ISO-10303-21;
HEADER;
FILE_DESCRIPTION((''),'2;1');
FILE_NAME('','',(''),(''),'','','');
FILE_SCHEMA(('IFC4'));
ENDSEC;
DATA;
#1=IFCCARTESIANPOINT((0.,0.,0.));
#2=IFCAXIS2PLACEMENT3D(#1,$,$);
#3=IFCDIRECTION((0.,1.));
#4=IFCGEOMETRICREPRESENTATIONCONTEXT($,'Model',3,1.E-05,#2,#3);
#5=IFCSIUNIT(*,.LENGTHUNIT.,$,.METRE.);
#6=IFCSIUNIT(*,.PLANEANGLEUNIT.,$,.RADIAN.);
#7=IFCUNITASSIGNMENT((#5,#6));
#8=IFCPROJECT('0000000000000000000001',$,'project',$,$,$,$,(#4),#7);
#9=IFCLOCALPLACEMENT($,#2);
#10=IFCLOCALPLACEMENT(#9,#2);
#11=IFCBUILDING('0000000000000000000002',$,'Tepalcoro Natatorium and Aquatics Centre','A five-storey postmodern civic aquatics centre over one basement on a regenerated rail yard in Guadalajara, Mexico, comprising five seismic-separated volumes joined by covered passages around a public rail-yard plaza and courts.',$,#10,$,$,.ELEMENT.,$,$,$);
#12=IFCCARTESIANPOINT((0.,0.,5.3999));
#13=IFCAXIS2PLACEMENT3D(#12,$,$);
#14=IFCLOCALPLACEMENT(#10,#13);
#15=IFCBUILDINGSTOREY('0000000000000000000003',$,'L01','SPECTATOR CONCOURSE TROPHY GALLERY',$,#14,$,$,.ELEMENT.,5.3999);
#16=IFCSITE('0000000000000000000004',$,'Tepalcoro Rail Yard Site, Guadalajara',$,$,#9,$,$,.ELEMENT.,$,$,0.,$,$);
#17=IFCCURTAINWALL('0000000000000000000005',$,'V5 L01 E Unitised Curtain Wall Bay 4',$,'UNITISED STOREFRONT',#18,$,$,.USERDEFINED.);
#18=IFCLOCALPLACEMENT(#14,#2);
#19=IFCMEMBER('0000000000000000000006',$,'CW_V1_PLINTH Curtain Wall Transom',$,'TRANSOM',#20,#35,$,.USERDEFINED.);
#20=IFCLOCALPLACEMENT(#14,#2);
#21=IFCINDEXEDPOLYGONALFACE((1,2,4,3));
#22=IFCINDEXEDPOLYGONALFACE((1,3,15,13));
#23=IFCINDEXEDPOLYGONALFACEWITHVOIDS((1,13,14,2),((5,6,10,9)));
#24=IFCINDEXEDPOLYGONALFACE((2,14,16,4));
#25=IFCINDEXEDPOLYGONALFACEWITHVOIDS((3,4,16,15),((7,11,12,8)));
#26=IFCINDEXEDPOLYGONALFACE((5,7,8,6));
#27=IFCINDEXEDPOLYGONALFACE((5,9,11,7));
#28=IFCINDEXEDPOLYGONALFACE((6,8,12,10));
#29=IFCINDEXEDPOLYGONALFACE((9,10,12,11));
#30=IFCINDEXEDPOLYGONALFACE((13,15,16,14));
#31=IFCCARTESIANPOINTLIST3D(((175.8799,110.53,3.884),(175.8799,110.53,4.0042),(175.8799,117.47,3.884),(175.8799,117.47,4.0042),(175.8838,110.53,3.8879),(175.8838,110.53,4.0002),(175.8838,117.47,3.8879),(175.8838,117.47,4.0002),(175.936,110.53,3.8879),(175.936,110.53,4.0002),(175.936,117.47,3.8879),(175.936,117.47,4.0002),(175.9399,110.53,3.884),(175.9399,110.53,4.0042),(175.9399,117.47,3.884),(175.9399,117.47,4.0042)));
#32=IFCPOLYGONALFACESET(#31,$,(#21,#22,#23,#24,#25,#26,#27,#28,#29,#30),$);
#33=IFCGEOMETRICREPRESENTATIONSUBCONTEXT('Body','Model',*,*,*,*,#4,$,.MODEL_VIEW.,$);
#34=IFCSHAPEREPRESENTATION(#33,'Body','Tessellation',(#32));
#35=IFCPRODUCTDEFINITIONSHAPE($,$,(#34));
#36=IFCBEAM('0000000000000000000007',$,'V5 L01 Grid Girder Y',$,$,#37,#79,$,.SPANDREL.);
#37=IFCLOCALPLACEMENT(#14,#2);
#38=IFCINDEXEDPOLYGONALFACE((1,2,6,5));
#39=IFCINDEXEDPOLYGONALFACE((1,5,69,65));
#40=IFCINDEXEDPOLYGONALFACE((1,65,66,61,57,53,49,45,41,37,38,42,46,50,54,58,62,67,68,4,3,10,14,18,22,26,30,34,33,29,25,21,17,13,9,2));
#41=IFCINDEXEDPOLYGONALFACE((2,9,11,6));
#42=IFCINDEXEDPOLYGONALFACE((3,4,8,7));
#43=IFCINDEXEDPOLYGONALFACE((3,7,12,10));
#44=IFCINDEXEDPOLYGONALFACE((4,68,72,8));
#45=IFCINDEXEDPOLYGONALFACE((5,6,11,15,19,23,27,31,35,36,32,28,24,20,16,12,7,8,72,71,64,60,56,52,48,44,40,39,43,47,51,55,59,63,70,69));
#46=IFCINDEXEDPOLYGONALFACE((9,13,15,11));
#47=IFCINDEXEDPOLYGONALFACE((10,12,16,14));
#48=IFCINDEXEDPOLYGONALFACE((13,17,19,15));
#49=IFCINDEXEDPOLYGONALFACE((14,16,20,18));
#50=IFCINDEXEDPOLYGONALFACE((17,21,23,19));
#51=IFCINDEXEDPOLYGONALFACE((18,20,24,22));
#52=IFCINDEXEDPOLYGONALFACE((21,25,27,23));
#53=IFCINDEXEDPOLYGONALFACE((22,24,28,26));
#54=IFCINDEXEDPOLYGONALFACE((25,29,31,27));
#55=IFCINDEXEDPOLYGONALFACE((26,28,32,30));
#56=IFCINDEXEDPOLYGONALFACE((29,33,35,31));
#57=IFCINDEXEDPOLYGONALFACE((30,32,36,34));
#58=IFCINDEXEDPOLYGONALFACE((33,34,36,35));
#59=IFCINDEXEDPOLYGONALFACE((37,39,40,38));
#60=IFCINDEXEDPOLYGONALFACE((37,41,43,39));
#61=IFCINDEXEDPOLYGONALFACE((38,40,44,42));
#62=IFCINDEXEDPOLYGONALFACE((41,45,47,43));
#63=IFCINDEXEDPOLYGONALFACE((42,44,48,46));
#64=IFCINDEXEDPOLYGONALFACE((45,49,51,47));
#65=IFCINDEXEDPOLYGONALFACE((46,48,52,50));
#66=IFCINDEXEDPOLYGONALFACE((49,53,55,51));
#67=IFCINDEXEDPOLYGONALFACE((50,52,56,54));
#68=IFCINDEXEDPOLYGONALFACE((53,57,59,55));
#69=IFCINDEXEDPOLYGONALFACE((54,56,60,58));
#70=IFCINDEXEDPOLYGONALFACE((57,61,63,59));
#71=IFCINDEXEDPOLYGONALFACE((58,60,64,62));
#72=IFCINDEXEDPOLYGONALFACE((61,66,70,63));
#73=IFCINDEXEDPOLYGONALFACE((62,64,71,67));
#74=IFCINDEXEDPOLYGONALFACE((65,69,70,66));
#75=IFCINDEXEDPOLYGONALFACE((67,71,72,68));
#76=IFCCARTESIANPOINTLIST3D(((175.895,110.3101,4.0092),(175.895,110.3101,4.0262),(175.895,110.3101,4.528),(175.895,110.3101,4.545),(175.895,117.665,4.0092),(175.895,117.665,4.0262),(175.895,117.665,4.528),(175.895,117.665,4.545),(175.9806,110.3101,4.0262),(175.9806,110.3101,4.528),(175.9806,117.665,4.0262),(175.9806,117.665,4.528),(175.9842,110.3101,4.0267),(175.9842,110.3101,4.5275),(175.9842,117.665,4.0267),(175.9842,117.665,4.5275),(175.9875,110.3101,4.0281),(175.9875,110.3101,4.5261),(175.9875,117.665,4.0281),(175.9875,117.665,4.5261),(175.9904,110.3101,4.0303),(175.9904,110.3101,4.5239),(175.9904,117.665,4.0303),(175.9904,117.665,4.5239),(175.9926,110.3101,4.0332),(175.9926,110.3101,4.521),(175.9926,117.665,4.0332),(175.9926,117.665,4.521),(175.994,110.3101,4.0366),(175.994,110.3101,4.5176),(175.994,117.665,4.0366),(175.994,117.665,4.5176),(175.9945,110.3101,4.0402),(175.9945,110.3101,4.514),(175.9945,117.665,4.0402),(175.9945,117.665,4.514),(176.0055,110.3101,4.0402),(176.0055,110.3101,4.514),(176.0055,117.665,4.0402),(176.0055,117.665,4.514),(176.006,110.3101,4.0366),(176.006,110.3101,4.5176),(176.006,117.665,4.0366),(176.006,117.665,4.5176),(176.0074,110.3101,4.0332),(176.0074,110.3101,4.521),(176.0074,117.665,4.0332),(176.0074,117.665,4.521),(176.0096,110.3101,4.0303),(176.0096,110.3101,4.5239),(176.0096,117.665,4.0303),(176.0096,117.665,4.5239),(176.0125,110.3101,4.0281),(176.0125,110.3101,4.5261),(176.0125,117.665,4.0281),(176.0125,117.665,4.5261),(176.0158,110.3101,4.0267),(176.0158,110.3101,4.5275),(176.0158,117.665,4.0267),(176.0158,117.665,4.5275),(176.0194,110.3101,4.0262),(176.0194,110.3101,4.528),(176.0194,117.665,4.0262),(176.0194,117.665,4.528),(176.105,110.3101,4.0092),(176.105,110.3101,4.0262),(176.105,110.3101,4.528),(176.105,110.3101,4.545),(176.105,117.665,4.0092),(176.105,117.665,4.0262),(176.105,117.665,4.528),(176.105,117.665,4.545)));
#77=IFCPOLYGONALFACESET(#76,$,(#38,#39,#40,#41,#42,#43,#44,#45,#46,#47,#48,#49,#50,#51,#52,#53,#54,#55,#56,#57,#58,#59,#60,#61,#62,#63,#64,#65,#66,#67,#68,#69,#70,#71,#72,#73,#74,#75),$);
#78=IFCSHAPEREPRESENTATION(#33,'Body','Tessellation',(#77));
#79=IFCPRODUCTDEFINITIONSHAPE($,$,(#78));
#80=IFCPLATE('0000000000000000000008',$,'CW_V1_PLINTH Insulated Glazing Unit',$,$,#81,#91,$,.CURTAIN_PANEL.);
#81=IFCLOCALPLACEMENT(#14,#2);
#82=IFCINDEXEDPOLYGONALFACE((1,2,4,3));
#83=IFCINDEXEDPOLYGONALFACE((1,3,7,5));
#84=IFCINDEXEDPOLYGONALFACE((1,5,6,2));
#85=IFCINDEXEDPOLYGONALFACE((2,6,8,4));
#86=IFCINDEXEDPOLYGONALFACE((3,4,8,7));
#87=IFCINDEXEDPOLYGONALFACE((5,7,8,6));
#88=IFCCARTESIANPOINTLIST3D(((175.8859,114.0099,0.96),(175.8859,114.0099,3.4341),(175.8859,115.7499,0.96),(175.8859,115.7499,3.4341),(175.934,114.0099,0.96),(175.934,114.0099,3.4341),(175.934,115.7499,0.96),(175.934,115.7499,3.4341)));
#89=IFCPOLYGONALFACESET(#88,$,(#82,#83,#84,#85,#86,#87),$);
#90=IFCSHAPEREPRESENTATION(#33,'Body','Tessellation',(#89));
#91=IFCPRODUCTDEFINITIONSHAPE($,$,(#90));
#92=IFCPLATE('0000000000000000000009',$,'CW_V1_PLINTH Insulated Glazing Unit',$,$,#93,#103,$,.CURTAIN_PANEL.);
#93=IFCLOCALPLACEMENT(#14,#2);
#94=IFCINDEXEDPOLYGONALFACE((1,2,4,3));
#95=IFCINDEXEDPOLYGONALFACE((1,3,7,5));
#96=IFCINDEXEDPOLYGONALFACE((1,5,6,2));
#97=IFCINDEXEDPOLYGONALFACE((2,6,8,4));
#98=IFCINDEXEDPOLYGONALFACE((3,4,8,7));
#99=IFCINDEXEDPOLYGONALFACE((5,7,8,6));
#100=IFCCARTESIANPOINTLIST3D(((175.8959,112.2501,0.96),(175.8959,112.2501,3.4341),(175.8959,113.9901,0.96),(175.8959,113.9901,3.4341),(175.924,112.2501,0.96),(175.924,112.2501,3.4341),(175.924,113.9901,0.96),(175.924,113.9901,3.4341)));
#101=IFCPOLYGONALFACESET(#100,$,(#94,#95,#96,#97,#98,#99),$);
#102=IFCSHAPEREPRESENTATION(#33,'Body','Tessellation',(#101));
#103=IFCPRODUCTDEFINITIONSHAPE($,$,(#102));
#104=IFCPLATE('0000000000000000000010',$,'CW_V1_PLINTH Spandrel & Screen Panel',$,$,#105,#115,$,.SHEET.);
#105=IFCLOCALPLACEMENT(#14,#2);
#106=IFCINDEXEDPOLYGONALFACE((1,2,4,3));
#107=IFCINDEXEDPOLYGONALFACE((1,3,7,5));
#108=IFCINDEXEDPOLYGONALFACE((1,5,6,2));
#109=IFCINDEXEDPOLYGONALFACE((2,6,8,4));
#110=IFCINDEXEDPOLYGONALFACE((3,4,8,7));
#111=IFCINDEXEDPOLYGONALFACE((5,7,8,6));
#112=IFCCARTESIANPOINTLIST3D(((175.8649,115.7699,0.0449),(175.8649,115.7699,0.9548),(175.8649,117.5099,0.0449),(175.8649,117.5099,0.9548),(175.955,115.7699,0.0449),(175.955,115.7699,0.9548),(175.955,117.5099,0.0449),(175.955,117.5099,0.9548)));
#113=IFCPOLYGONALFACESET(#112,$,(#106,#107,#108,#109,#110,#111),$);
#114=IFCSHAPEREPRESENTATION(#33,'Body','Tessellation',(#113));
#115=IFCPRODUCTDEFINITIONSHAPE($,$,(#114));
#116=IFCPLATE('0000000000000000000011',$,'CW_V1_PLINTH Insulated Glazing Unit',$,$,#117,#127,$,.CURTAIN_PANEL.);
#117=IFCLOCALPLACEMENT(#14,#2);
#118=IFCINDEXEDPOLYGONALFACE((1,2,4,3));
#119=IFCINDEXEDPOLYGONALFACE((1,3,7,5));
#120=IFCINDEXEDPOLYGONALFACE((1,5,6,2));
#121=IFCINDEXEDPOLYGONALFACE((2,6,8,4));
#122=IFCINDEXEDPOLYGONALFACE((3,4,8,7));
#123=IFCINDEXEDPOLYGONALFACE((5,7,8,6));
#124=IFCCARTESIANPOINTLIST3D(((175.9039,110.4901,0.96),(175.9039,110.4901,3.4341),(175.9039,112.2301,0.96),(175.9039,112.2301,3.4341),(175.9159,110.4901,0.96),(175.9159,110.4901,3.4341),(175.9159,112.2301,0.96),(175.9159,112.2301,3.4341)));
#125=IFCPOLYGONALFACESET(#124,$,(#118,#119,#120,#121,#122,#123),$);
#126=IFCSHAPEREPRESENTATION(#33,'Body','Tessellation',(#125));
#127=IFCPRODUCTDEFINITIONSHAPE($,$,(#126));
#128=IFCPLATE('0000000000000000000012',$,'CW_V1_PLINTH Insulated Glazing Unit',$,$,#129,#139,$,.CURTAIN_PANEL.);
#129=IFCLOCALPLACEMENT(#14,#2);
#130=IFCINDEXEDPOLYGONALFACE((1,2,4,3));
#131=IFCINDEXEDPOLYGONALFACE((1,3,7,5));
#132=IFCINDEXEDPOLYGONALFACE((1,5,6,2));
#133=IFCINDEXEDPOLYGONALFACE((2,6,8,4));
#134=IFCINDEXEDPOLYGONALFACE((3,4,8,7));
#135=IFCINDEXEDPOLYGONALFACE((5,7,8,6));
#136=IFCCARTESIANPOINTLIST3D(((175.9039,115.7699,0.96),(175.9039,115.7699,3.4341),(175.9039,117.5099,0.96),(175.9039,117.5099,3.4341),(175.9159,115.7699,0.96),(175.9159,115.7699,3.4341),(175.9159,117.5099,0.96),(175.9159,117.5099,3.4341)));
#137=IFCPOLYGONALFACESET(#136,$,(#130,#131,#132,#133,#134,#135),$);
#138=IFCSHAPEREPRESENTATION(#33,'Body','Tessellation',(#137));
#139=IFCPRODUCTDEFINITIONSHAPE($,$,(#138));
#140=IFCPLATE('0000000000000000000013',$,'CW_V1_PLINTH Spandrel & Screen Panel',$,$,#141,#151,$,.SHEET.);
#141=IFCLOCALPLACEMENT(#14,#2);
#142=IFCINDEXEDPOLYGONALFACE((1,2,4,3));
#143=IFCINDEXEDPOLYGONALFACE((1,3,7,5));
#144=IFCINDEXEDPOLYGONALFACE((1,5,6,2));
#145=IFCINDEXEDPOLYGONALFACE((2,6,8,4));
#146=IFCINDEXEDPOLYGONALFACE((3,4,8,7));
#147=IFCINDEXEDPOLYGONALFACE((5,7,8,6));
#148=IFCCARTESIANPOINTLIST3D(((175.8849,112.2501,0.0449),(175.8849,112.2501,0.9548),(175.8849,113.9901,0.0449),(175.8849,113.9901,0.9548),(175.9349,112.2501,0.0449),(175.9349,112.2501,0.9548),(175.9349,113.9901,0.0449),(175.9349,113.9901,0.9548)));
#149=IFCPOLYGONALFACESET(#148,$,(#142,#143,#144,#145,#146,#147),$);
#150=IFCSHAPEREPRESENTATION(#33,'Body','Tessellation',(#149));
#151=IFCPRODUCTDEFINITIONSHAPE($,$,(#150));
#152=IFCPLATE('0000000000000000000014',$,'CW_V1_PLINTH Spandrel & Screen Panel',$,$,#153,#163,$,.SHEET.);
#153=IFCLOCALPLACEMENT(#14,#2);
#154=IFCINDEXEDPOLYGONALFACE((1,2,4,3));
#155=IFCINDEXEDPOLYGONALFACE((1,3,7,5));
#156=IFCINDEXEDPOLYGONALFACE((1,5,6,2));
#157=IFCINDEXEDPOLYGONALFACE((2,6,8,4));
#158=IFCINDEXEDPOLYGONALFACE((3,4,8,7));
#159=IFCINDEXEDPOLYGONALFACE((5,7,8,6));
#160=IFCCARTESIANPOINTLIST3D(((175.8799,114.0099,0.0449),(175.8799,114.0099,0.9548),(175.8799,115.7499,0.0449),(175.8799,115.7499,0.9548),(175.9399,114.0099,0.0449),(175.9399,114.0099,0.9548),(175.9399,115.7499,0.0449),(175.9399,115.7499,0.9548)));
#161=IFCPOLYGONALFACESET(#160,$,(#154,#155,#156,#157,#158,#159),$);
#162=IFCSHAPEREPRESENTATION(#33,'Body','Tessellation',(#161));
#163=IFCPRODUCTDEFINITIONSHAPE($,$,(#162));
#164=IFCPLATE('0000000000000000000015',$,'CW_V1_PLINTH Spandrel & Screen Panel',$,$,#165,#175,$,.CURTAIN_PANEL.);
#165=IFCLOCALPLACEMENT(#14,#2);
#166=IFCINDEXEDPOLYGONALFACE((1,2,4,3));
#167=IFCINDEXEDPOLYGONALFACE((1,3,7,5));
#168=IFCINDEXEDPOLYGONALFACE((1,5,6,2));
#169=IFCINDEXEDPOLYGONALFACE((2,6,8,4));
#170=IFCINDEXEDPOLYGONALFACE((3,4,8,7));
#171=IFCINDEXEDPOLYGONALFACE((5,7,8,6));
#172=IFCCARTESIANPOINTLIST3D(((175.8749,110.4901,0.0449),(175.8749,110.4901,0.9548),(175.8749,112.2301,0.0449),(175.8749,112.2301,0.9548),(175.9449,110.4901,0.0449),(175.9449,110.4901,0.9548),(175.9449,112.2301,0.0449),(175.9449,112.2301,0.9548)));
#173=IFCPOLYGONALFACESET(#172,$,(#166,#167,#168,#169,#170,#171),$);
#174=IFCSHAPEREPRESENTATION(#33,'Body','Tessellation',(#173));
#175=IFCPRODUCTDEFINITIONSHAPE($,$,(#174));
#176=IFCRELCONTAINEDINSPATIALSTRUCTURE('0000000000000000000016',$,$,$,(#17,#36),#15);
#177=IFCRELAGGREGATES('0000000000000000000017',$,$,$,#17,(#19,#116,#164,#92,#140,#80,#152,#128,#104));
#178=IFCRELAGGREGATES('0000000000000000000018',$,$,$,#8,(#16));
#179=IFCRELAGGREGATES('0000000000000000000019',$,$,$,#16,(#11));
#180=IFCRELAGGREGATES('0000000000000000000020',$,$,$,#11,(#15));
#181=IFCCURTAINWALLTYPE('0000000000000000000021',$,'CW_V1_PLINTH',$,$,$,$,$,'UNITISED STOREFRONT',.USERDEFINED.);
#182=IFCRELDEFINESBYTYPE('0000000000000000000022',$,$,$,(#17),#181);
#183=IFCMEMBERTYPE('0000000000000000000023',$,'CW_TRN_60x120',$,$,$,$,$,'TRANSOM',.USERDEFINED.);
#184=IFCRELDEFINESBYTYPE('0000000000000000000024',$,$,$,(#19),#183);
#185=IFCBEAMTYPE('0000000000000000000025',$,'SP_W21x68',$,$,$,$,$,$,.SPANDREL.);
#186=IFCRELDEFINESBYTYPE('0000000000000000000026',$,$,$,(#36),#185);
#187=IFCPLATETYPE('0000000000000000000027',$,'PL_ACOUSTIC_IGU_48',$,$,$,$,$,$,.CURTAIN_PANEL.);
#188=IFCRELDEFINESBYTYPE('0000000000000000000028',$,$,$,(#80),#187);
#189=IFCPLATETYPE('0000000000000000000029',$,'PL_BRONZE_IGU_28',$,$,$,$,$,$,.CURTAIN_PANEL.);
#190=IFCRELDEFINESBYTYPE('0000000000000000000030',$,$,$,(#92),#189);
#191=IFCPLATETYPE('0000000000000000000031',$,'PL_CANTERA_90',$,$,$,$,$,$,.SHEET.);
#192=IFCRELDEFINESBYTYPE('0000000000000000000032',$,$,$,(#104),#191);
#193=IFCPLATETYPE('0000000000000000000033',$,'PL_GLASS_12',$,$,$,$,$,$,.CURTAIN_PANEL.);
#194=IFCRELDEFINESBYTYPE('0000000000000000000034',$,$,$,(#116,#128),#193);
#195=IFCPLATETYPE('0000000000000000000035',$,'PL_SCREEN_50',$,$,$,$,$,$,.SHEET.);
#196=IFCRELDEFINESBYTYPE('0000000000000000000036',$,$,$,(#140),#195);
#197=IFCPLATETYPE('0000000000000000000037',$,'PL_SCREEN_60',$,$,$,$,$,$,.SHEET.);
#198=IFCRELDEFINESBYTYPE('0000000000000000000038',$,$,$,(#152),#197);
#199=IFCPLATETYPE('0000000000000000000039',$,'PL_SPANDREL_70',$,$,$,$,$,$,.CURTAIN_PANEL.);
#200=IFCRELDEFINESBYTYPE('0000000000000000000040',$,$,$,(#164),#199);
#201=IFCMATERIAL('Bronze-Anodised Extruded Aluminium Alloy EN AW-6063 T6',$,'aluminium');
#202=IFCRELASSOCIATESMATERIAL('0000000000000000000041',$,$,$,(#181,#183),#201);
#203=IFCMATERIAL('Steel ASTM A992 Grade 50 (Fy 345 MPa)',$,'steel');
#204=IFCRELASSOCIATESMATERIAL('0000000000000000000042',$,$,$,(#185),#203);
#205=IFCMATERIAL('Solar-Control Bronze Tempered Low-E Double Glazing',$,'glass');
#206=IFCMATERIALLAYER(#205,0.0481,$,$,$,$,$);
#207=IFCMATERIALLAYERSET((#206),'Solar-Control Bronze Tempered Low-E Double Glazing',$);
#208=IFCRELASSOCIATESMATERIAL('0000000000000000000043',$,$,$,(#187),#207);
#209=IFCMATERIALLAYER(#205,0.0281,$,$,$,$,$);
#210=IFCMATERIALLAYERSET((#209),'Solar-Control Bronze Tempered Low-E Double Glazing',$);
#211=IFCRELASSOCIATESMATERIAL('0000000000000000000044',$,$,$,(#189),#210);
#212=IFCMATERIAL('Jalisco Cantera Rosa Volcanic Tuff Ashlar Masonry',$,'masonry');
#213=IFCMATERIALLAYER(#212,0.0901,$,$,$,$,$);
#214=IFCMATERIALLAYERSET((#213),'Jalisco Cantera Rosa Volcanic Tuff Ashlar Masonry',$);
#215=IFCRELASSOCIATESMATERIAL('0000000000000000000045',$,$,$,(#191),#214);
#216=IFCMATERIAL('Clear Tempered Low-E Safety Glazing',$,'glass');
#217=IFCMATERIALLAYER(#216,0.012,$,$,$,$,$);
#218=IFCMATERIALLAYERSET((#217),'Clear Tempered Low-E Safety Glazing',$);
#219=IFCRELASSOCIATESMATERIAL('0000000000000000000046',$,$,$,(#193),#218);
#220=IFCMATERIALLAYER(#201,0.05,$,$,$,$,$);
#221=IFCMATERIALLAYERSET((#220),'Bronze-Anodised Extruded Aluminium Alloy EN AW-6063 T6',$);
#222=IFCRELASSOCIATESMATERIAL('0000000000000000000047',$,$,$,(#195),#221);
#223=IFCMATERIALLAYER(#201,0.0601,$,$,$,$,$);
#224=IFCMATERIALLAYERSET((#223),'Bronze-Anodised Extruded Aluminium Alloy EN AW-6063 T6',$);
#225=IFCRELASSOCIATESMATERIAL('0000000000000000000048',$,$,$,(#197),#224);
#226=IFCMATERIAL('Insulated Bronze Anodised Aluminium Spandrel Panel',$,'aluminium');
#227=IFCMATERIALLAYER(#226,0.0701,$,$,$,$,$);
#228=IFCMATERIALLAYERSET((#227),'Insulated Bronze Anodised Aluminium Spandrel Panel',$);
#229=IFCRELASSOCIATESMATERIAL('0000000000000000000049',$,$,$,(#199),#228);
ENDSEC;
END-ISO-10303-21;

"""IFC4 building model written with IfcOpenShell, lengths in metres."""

from ifc_helpers import new_model, si_unit, direction, frame, origin, origin_2d, place, context, subcontext, project, spatial, rectangle, hollow_rectangle, i_section, extrude, material, layer, layer_set, material_profile, profile_set, type_object, element, aggregate, save


model = new_model("IFC4")

# Units and contexts
model_context = context("Model", 3, precision=1e-05, world=origin(), true_north=direction((0.0, 1.0)))
body_context = subcontext(model_context, "Body", "Model", "MODEL_VIEW")
ifc_project = project(units=[si_unit("LENGTHUNIT", "METRE"), si_unit("PLANEANGLEUNIT", "RADIAN")], contexts=[model_context])

# Site, building, storey
site_placement = place(None, origin())
site = spatial("IfcSite", under=ifc_project, at=site_placement, Name="Tepalcoro Rail Yard Site, Guadalajara", CompositionType="ELEMENT", RefElevation=0.0)
building_placement = place(site_placement, origin())
building = spatial("IfcBuilding", under=site, at=building_placement, Name="Tepalcoro Natatorium and Aquatics Centre", Description="A five-storey postmodern civic aquatics centre over one basement on a regenerated rail yard in Guadalajara, Mexico, comprising five seismic-separated volumes joined by covered passages around a public rail-yard plaza and courts.", CompositionType="ELEMENT")
storey_placement = place(building_placement, frame((0.0, 0.0, 5.3999)))
storey = spatial("IfcBuildingStorey", under=building, at=storey_placement, Name="L01", Description="SPECTATOR CONCOURSE TROPHY GALLERY", CompositionType="ELEMENT", Elevation=5.3999)

# Curtain wall
ifc_material_1 = material(Name="Bronze-Anodised Extruded Aluminium Alloy EN AW-6063 T6", Category="aluminium")
curtain_wall_type_1 = type_object("IfcCurtainWallType", Name="CW_V1_PLINTH", ElementType="UNITISED STOREFRONT", PredefinedType="USERDEFINED", material=ifc_material_1)
curtain_wall_1_placement = place(storey_placement, origin())
curtain_wall_1 = element("IfcCurtainWall", 1, at=curtain_wall_1_placement, inside=storey, type_object=curtain_wall_type_1, Name="V5 L01 E Unitised Curtain Wall Bay 4", ObjectType="UNITISED STOREFRONT", PredefinedType="USERDEFINED")

# Member
ifc_material_profile_1 = material_profile(ifc_material_1, hollow_rectangle(XDim=0.0601, YDim=0.1201, WallThickness=0.0039, at=origin_2d()), Name="AL60X120X4")
ifc_profile_set_1 = profile_set([ifc_material_profile_1], Name="Bronze-Anodised Extruded Aluminium Alloy EN AW-6063 T6")
member_type_1 = type_object("IfcMemberType", Name="CW_TRN_60x120", ElementType="TRANSOM", PredefinedType="USERDEFINED", material=ifc_profile_set_1)
member_1_placement = place(storey_placement, frame((175.9099, 110.53, 3.9441), z_axis=(0.0, 1.0, 0.0), x_axis=(-1.0, 0.0, 0.0)))
member_1 = element("IfcMember", 2, at=member_1_placement, type_object=member_type_1, Name="CW_V1_PLINTH Curtain Wall Transom", ObjectType="TRANSOM", PredefinedType="USERDEFINED", context=body_context, shape_type="SweptSolid", body=[
    extrude(hollow_rectangle(XDim=0.0601, YDim=0.1201, WallThickness=0.0039, at=origin_2d()), origin(), (0.0, 0.0, 1.0), 6.9399),
])

# Beam
ifc_material_2 = material(Name="Steel ASTM A992 Grade 50 (Fy 345 MPa)", Category="steel")
ifc_material_profile_2 = material_profile(ifc_material_2, i_section(OverallWidth=0.21, OverallDepth=0.5359, WebThickness=0.011, FlangeThickness=0.0171, FilletRadius=0.0139, at=origin_2d()), Name="W21X68")
ifc_profile_set_2 = profile_set([ifc_material_profile_2], Name="Steel ASTM A992 Grade 50 (Fy 345 MPa)")
beam_type = type_object("IfcBeamType", Name="SP_W21x68", PredefinedType="SPANDREL", material=ifc_profile_set_2)
beam_placement = place(storey_placement, frame((176.0, 110.3101, 4.2771), z_axis=(0.0, 1.0, 0.0), x_axis=(-1.0, 0.0, 0.0)))
element("IfcBeam", 3, at=beam_placement, inside=storey, type_object=beam_type, Name="V5 L01 Grid Girder Y", PredefinedType="SPANDREL", context=body_context, shape_type="SweptSolid", body=[
    extrude(i_section(OverallWidth=0.21, OverallDepth=0.5359, WebThickness=0.011, FlangeThickness=0.0171, FilletRadius=0.0139, at=origin_2d()), origin(), (0.0, 0.0, 1.0), 7.355),
])

# Plates
ifc_material_3 = material(Name="Solar-Control Bronze Tempered Low-E Double Glazing", Category="glass")
ifc_layer_1 = layer(ifc_material_3, 0.0481)
ifc_layer_set_1 = layer_set([ifc_layer_1], Name="Solar-Control Bronze Tempered Low-E Double Glazing")
plate_type_1 = type_object("IfcPlateType", Name="PL_ACOUSTIC_IGU_48", PredefinedType="CURTAIN_PANEL", material=ifc_layer_set_1)
plate_1_placement = place(storey_placement, frame((175.9099, 114.8799, 0.96), z_axis=(0.0, 0.0, 1.0), x_axis=(1.0, 0.0, 0.0)))
plate_1 = element("IfcPlate", 4, at=plate_1_placement, type_object=plate_type_1, Name="CW_V1_PLINTH Insulated Glazing Unit", PredefinedType="CURTAIN_PANEL", context=body_context, shape_type="SweptSolid", body=[
    extrude(rectangle(XDim=0.0481, YDim=1.74, at=origin_2d()), origin(), (0.0, 0.0, 1.0), 2.4741),
])
ifc_layer_2 = layer(ifc_material_3, 0.0281)
ifc_layer_set_2 = layer_set([ifc_layer_2], Name="Solar-Control Bronze Tempered Low-E Double Glazing")
plate_type_2 = type_object("IfcPlateType", Name="PL_BRONZE_IGU_28", PredefinedType="CURTAIN_PANEL", material=ifc_layer_set_2)
plate_2_placement = place(storey_placement, frame((175.9099, 113.1201, 0.96), z_axis=(0.0, 0.0, 1.0), x_axis=(1.0, 0.0, 0.0)))
plate_2 = element("IfcPlate", 5, at=plate_2_placement, type_object=plate_type_2, Name="CW_V1_PLINTH Insulated Glazing Unit", PredefinedType="CURTAIN_PANEL", context=body_context, shape_type="SweptSolid", body=[
    extrude(rectangle(XDim=0.0281, YDim=1.74, at=origin_2d()), origin(), (0.0, 0.0, 1.0), 2.4741),
])
ifc_material_4 = material(Name="Jalisco Cantera Rosa Volcanic Tuff Ashlar Masonry", Category="masonry")
ifc_layer_3 = layer(ifc_material_4, 0.0901)
ifc_layer_set_3 = layer_set([ifc_layer_3], Name="Jalisco Cantera Rosa Volcanic Tuff Ashlar Masonry")
plate_type_3 = type_object("IfcPlateType", Name="PL_CANTERA_90", PredefinedType="SHEET", material=ifc_layer_set_3)
plate_3_placement = place(storey_placement, frame((175.9099, 116.6399, 0.0449), z_axis=(0.0, 0.0, 1.0), x_axis=(1.0, 0.0, 0.0)))
plate_3 = element("IfcPlate", 6, at=plate_3_placement, type_object=plate_type_3, Name="CW_V1_PLINTH Spandrel & Screen Panel", PredefinedType="SHEET", context=body_context, shape_type="SweptSolid", body=[
    extrude(rectangle(XDim=0.0901, YDim=1.74, at=origin_2d()), origin(), (0.0, 0.0, 1.0), 0.9099),
])
ifc_material_5 = material(Name="Clear Tempered Low-E Safety Glazing", Category="glass")
ifc_layer_4 = layer(ifc_material_5, 0.012)
ifc_layer_set_4 = layer_set([ifc_layer_4], Name="Clear Tempered Low-E Safety Glazing")
plate_type_4 = type_object("IfcPlateType", Name="PL_GLASS_12", PredefinedType="CURTAIN_PANEL", material=ifc_layer_set_4)
plate_4_placement = place(storey_placement, frame((175.9099, 111.3601, 0.96), z_axis=(0.0, 0.0, 1.0), x_axis=(1.0, 0.0, 0.0)))
plate_4 = element("IfcPlate", 7, at=plate_4_placement, type_object=plate_type_4, Name="CW_V1_PLINTH Insulated Glazing Unit", PredefinedType="CURTAIN_PANEL", context=body_context, shape_type="SweptSolid", body=[
    extrude(rectangle(XDim=0.012, YDim=1.74, at=origin_2d()), origin(), (0.0, 0.0, 1.0), 2.4741),
])
plate_5_placement = place(storey_placement, frame((175.9099, 116.6399, 0.96), z_axis=(0.0, 0.0, 1.0), x_axis=(1.0, 0.0, 0.0)))
plate_5 = element("IfcPlate", 8, at=plate_5_placement, type_object=plate_type_4, Name="CW_V1_PLINTH Insulated Glazing Unit", PredefinedType="CURTAIN_PANEL", context=body_context, shape_type="SweptSolid", body=[
    extrude(rectangle(XDim=0.012, YDim=1.74, at=origin_2d()), origin(), (0.0, 0.0, 1.0), 2.4741),
])
ifc_layer_5 = layer(ifc_material_1, 0.05)
ifc_layer_set_5 = layer_set([ifc_layer_5], Name="Bronze-Anodised Extruded Aluminium Alloy EN AW-6063 T6")
plate_type_5 = type_object("IfcPlateType", Name="PL_SCREEN_50", PredefinedType="SHEET", material=ifc_layer_set_5)
plate_6_placement = place(storey_placement, frame((175.9099, 113.1201, 0.0449), z_axis=(0.0, 0.0, 1.0), x_axis=(1.0, 0.0, 0.0)))
plate_6 = element("IfcPlate", 9, at=plate_6_placement, type_object=plate_type_5, Name="CW_V1_PLINTH Spandrel & Screen Panel", PredefinedType="SHEET", context=body_context, shape_type="SweptSolid", body=[
    extrude(rectangle(XDim=0.05, YDim=1.74, at=origin_2d()), origin(), (0.0, 0.0, 1.0), 0.9099),
])
ifc_layer_6 = layer(ifc_material_1, 0.0601)
ifc_layer_set_6 = layer_set([ifc_layer_6], Name="Bronze-Anodised Extruded Aluminium Alloy EN AW-6063 T6")
plate_type_6 = type_object("IfcPlateType", Name="PL_SCREEN_60", PredefinedType="SHEET", material=ifc_layer_set_6)
plate_7_placement = place(storey_placement, frame((175.9099, 114.8799, 0.0449), z_axis=(0.0, 0.0, 1.0), x_axis=(1.0, 0.0, 0.0)))
plate_7 = element("IfcPlate", 10, at=plate_7_placement, type_object=plate_type_6, Name="CW_V1_PLINTH Spandrel & Screen Panel", PredefinedType="SHEET", context=body_context, shape_type="SweptSolid", body=[
    extrude(rectangle(XDim=0.0601, YDim=1.74, at=origin_2d()), origin(), (0.0, 0.0, 1.0), 0.9099),
])
ifc_material_6 = material(Name="Insulated Bronze Anodised Aluminium Spandrel Panel", Category="aluminium")
ifc_layer_7 = layer(ifc_material_6, 0.0701)
ifc_layer_set_7 = layer_set([ifc_layer_7], Name="Insulated Bronze Anodised Aluminium Spandrel Panel")
plate_type_7 = type_object("IfcPlateType", Name="PL_SPANDREL_70", PredefinedType="CURTAIN_PANEL", material=ifc_layer_set_7)
plate_8_placement = place(storey_placement, frame((175.9099, 111.3601, 0.0449), z_axis=(0.0, 0.0, 1.0), x_axis=(1.0, 0.0, 0.0)))
plate_8 = element("IfcPlate", 11, at=plate_8_placement, type_object=plate_type_7, Name="CW_V1_PLINTH Spandrel & Screen Panel", PredefinedType="CURTAIN_PANEL", context=body_context, shape_type="SweptSolid", body=[
    extrude(rectangle(XDim=0.0701, YDim=1.74, at=origin_2d()), origin(), (0.0, 0.0, 1.0), 0.9099),
])
aggregate(curtain_wall_1, [member_1, plate_4, plate_8, plate_2, plate_6, plate_1, plate_7, plate_5, plate_3])

save(model, "model.ifc")
